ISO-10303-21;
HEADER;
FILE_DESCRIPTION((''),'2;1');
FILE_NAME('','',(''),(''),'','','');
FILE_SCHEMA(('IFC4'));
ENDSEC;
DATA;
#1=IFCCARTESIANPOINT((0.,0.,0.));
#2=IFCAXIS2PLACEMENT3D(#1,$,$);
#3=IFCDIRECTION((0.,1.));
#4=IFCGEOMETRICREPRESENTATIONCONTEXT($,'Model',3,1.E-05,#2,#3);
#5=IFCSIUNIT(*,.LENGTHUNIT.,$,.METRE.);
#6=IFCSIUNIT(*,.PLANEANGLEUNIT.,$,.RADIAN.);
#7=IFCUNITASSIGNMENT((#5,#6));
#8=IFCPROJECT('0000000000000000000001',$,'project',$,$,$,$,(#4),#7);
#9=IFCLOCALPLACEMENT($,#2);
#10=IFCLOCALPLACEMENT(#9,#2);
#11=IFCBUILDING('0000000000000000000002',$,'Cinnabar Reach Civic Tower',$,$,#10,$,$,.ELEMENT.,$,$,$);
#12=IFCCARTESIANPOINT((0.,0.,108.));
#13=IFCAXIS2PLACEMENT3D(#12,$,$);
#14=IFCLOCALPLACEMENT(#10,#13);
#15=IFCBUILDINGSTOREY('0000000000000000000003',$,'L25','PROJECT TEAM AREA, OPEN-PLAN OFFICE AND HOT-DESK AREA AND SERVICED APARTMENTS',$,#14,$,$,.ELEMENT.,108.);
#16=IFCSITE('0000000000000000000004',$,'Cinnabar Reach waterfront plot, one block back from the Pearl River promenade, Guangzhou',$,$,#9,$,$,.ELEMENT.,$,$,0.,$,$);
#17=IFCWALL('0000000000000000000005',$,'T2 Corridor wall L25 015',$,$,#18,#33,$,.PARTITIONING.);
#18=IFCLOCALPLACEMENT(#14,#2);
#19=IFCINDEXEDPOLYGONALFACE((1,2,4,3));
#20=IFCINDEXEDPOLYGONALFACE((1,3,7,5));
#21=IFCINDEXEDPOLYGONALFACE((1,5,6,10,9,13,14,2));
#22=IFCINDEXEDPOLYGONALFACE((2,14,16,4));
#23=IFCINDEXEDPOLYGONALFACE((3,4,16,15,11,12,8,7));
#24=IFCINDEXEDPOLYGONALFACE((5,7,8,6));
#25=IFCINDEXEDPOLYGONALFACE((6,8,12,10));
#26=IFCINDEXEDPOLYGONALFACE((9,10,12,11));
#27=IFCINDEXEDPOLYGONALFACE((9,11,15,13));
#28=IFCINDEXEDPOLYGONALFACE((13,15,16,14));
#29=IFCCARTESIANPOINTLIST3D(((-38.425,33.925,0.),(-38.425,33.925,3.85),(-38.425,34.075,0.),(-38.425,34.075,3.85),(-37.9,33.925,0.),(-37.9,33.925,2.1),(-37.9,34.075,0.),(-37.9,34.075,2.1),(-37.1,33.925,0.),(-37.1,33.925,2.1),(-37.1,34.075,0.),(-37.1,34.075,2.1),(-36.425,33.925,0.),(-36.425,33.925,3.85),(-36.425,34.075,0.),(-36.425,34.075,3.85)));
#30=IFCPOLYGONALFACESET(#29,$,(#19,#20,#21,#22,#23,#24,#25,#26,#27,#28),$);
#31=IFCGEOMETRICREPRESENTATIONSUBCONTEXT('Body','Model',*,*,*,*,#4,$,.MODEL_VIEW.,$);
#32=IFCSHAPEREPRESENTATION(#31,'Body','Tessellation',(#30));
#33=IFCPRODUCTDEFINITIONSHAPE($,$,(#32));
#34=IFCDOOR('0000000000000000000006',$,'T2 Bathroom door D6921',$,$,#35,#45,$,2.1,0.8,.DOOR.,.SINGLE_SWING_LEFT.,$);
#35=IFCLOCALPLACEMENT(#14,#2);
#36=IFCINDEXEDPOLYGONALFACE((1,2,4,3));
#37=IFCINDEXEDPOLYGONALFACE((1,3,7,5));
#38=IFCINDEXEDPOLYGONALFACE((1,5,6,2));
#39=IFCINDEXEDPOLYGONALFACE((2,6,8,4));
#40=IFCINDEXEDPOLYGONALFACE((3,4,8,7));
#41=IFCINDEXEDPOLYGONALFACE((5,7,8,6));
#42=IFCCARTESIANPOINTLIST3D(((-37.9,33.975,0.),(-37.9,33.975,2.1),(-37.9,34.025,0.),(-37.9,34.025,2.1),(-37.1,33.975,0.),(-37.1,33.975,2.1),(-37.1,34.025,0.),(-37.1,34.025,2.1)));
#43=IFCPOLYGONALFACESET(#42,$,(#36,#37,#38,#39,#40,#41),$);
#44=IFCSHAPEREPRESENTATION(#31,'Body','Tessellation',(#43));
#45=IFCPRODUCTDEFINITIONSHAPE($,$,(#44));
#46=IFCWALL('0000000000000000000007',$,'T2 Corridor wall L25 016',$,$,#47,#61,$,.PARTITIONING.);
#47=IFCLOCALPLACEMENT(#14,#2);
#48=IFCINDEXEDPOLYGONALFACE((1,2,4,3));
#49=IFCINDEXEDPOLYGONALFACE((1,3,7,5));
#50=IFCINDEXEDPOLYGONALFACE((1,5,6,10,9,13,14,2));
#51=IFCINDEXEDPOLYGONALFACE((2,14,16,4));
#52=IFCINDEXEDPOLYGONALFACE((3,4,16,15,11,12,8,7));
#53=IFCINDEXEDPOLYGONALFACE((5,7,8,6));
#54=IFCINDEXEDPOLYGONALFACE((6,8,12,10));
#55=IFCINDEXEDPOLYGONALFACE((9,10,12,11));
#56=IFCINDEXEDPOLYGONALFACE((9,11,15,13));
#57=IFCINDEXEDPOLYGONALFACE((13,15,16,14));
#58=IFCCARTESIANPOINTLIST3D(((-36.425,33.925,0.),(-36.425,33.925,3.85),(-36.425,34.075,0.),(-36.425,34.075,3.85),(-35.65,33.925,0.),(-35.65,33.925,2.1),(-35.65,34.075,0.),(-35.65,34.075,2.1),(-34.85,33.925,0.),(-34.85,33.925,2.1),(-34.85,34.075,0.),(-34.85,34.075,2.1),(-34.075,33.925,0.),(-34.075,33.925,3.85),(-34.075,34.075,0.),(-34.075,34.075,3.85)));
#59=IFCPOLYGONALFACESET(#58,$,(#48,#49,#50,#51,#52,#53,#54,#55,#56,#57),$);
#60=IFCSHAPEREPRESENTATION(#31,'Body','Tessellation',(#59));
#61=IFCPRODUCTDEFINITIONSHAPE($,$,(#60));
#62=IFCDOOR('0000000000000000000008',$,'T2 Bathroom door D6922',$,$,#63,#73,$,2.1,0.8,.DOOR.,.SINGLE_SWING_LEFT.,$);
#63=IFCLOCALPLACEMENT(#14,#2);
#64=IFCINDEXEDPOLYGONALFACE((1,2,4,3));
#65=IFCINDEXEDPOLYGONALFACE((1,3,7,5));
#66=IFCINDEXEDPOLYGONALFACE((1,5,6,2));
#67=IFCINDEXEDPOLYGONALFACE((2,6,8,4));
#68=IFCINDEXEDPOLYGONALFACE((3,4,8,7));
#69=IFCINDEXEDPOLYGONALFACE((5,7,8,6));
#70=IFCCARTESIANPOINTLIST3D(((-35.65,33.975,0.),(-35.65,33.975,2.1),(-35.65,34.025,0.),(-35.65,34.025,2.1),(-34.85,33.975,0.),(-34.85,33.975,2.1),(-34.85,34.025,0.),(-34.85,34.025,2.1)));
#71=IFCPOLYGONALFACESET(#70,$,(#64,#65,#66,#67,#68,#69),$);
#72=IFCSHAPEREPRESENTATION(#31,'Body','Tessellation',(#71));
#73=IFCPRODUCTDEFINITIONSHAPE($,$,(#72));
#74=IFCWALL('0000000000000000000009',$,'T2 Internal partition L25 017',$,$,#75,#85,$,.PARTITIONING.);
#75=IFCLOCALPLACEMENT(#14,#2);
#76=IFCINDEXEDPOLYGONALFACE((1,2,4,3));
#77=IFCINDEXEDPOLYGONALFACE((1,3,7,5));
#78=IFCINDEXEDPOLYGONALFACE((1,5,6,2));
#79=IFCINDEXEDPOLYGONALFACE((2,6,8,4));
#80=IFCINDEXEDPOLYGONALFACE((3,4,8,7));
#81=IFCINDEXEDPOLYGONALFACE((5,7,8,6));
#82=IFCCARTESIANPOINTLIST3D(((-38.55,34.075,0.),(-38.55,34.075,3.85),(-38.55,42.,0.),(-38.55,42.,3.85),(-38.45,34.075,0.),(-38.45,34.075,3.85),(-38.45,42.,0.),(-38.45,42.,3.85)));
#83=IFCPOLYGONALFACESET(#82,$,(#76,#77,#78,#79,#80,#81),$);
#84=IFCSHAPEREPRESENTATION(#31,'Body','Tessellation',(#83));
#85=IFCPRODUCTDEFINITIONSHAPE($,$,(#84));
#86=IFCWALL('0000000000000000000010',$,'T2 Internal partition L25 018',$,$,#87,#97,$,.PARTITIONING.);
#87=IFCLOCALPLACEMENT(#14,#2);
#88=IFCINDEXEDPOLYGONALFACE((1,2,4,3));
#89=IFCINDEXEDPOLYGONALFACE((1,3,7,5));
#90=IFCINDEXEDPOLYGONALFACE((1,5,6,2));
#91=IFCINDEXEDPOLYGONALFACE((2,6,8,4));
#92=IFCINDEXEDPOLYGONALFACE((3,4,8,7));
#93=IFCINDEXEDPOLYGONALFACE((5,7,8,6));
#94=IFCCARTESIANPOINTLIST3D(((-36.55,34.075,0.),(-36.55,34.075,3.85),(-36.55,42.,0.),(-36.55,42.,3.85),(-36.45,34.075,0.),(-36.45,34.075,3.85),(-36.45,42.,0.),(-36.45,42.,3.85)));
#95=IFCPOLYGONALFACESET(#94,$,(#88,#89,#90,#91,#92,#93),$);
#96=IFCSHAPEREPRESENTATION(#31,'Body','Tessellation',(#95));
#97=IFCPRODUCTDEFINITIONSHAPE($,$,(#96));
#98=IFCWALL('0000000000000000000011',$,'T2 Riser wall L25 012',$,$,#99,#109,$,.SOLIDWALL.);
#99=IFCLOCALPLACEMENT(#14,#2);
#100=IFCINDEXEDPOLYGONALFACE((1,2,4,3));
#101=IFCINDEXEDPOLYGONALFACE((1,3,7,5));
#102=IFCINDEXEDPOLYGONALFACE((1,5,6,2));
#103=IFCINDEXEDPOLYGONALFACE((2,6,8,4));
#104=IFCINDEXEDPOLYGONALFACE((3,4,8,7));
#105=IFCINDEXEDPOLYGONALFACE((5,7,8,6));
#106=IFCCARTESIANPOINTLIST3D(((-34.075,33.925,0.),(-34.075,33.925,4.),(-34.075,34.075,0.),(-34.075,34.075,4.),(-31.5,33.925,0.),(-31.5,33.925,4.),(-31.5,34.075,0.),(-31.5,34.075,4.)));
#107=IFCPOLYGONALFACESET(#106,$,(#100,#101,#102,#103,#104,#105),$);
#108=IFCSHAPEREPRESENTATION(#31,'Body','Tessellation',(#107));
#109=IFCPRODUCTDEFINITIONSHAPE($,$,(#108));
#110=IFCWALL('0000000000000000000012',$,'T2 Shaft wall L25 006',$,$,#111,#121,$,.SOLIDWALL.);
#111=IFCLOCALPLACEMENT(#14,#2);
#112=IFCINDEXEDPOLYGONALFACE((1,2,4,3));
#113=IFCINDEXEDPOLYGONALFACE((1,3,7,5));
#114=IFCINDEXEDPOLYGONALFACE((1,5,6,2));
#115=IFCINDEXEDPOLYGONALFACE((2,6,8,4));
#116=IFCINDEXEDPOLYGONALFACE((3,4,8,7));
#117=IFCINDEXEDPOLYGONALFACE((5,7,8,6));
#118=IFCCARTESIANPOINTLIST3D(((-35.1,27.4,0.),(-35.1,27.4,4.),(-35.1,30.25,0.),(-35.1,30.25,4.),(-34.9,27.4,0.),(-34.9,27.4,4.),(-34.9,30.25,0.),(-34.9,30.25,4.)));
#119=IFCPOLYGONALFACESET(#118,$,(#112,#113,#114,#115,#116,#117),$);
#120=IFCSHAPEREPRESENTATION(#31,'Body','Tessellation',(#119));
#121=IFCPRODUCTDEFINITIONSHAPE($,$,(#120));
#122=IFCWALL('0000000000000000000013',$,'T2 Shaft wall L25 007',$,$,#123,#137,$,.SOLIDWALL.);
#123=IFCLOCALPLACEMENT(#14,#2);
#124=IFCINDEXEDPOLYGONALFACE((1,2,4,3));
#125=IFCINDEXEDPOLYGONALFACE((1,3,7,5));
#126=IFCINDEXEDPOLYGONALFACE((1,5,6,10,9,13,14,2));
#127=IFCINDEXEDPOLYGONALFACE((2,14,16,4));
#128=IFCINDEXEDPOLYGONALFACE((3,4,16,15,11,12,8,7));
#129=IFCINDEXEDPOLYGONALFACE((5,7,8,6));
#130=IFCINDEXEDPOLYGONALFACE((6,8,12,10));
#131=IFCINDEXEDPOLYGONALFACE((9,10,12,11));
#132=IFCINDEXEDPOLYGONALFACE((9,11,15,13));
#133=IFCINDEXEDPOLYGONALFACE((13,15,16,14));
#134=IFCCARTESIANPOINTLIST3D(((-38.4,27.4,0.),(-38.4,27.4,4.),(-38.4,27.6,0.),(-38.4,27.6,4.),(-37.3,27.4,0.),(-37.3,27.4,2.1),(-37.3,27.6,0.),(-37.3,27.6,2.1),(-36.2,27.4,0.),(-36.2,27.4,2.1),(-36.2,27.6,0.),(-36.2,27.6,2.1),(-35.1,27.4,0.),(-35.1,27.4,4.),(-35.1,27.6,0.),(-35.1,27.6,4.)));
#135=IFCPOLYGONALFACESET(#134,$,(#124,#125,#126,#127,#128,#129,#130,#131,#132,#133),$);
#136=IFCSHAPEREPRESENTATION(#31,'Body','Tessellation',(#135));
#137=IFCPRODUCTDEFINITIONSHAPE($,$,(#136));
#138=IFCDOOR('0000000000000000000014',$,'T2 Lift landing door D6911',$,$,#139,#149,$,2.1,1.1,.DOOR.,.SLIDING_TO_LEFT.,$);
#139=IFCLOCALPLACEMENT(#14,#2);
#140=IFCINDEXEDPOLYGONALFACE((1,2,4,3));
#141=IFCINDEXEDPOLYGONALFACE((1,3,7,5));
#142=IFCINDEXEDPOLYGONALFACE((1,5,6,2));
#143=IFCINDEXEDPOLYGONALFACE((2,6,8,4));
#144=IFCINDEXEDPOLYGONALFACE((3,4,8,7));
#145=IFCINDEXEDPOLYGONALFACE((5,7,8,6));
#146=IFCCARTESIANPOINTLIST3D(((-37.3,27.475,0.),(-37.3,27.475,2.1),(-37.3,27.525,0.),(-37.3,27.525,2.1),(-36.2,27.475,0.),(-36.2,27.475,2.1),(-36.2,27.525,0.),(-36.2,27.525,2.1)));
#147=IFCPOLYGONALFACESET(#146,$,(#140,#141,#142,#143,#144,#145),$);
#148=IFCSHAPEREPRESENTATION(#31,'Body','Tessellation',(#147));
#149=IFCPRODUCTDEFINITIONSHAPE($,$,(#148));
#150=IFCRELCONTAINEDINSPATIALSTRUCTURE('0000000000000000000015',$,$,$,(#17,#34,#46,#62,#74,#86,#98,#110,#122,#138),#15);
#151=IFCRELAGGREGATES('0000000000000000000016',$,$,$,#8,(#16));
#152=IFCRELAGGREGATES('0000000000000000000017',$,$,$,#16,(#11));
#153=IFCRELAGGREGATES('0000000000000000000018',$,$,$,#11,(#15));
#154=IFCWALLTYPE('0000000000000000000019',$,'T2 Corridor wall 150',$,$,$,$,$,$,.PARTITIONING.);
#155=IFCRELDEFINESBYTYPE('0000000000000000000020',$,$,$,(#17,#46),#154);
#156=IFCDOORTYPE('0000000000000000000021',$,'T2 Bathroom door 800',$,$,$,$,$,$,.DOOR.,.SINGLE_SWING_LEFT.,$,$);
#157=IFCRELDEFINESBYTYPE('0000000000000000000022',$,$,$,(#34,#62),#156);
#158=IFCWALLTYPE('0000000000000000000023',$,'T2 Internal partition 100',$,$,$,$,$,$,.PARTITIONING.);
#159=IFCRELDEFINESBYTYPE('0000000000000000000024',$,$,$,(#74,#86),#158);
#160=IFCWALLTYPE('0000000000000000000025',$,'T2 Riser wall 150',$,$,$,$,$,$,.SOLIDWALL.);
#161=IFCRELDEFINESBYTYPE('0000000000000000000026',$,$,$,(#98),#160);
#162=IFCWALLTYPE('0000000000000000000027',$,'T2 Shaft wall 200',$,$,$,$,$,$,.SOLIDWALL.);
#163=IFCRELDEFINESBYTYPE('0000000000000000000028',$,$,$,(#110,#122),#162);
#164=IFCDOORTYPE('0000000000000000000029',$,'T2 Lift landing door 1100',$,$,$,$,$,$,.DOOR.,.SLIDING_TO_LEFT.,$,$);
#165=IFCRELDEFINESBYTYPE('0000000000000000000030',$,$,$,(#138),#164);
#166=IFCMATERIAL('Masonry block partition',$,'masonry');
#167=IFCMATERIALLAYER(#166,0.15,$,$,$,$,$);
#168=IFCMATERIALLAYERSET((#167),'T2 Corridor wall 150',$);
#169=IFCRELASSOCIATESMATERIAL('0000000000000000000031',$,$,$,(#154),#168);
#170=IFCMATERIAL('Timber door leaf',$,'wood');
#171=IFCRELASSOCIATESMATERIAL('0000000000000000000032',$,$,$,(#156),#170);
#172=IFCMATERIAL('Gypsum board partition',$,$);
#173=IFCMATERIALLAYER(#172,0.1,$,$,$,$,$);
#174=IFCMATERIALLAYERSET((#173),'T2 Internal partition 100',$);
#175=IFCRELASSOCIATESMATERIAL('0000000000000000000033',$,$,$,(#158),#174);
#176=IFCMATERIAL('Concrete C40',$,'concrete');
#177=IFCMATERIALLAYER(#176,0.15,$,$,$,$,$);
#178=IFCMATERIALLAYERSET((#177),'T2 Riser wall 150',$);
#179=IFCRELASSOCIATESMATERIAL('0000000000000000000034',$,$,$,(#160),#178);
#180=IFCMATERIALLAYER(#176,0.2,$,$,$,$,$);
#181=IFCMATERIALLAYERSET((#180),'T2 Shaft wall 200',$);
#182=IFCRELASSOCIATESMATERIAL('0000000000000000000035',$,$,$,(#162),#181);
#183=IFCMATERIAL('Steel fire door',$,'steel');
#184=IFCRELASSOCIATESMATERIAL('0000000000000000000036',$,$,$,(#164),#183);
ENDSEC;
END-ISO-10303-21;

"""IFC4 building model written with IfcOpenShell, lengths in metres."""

from ifc_helpers import new_model, si_unit, direction, frame, frame_2d, origin, place, context, subcontext, project, spatial, rectangle, extrude, material, layer, layer_set, type_object, element, fill, save


model = new_model("IFC4")

# Units and contexts
model_context = context("Model", 3, precision=1e-05, world=origin(), true_north=direction((0.0, 1.0)))
body_context = subcontext(model_context, "Body", "Model", "MODEL_VIEW")
ifc_project = project(units=[si_unit("LENGTHUNIT", "METRE"), si_unit("PLANEANGLEUNIT", "RADIAN")], contexts=[model_context])

# Site, building, storey
site_placement = place(None, origin())
site = spatial("IfcSite", under=ifc_project, at=site_placement, Name="Cinnabar Reach waterfront plot, one block back from the Pearl River promenade, Guangzhou", CompositionType="ELEMENT", RefElevation=0.0)
building_placement = place(site_placement, origin())
building = spatial("IfcBuilding", under=site, at=building_placement, Name="Cinnabar Reach Civic Tower", CompositionType="ELEMENT")
storey_placement = place(building_placement, frame((0.0, 0.0, 108.0)))
storey = spatial("IfcBuildingStorey", under=building, at=storey_placement, Name="L25", Description="PROJECT TEAM AREA, OPEN-PLAN OFFICE AND HOT-DESK AREA AND SERVICED APARTMENTS", CompositionType="ELEMENT", Elevation=108.0)

# Walls, openings, doors
ifc_material_1 = material(Name="Steel fire door", Category="steel")
ifc_material_2 = material(Name="Masonry block partition", Category="masonry")
ifc_layer_1 = layer(ifc_material_2, 0.15)
ifc_layer_set_1 = layer_set([ifc_layer_1], Name="T2 Corridor wall 150")
wall_type_1 = type_object("IfcWallType", Name="T2 Corridor wall 150", PredefinedType="PARTITIONING", material=ifc_layer_set_1)
ifc_material_3 = material(Name="Timber door leaf", Category="wood")
door_type_1 = type_object("IfcDoorType", Name="T2 Bathroom door 800", OperationType="SINGLE_SWING_LEFT", PredefinedType="DOOR", material=ifc_material_3)
wall_1_placement = place(storey_placement, frame((-36.425, 34.0, 0.0), z_axis=(0.0, 0.0, 1.0), x_axis=(-1.0, 0.0, 0.0)))
wall_1 = element("IfcWall", 1, at=wall_1_placement, inside=storey, type_object=wall_type_1, Name="T2 Corridor wall L25 015", PredefinedType="PARTITIONING", context=body_context, shape_type="SweptSolid", body=[
    extrude(rectangle(XDim=2.0, YDim=0.15, at=frame_2d((1.0, 0.0))), origin(), (0.0, 0.0, 1.0), 3.85),
])
opening_1_placement = place(wall_1_placement, frame((0.675, 0.0, 0.0)))
opening_1 = element("IfcOpeningElement", 2, at=opening_1_placement, cuts=wall_1, PredefinedType="OPENING", context=body_context, shape_type="SweptSolid", body=[
    extrude(rectangle(XDim=0.8, YDim=2.1, at=frame_2d((0.4, 1.05))), frame((0.0, 0.085, 0.0), z_axis=(0.0, -1.0, 0.0), x_axis=(1.0, 0.0, 0.0)), (0.0, 0.0, 1.0), 0.17),
])
door_1_placement = place(opening_1_placement, frame((0.8, 0.0, 0.0), z_axis=(0.0, 0.0, 1.0), x_axis=(-1.0, 0.0, 0.0)))
door_1 = element("IfcDoor", 3, at=door_1_placement, inside=storey, type_object=door_type_1, Name="T2 Bathroom door D6921", OperationType="SINGLE_SWING_LEFT", OverallHeight=2.1, OverallWidth=0.8, PredefinedType="DOOR", context=body_context, shape_type="SweptSolid", body=[
    extrude(rectangle(XDim=0.8, YDim=2.1, at=frame_2d((0.4, 1.05))), frame((0.0, 0.025, 0.0), z_axis=(0.0, -1.0, 0.0), x_axis=(1.0, 0.0, 0.0)), (0.0, 0.0, 1.0), 0.05),
])
fill(opening_1, door_1)
wall_2_placement = place(storey_placement, frame((-34.075, 34.0, 0.0), z_axis=(0.0, 0.0, 1.0), x_axis=(-1.0, 0.0, 0.0)))
wall_2 = element("IfcWall", 4, at=wall_2_placement, inside=storey, type_object=wall_type_1, Name="T2 Corridor wall L25 016", PredefinedType="PARTITIONING", context=body_context, shape_type="SweptSolid", body=[
    extrude(rectangle(XDim=2.35, YDim=0.15, at=frame_2d((1.175, 0.0))), origin(), (0.0, 0.0, 1.0), 3.85),
])
opening_2_placement = place(wall_2_placement, frame((0.775, 0.0, 0.0)))
opening_2 = element("IfcOpeningElement", 5, at=opening_2_placement, cuts=wall_2, PredefinedType="OPENING", context=body_context, shape_type="SweptSolid", body=[
    extrude(rectangle(XDim=0.8, YDim=2.1, at=frame_2d((0.4, 1.05))), frame((0.0, 0.085, 0.0), z_axis=(0.0, -1.0, 0.0), x_axis=(1.0, 0.0, 0.0)), (0.0, 0.0, 1.0), 0.17),
])
door_2_placement = place(opening_2_placement, frame((0.8, 0.0, 0.0), z_axis=(0.0, 0.0, 1.0), x_axis=(-1.0, 0.0, 0.0)))
door_2 = element("IfcDoor", 6, at=door_2_placement, inside=storey, type_object=door_type_1, Name="T2 Bathroom door D6922", OperationType="SINGLE_SWING_LEFT", OverallHeight=2.1, OverallWidth=0.8, PredefinedType="DOOR", context=body_context, shape_type="SweptSolid", body=[
    extrude(rectangle(XDim=0.8, YDim=2.1, at=frame_2d((0.4, 1.05))), frame((0.0, 0.025, 0.0), z_axis=(0.0, -1.0, 0.0), x_axis=(1.0, 0.0, 0.0)), (0.0, 0.0, 1.0), 0.05),
])
fill(opening_2, door_2)

# Walls
ifc_material_4 = material(Name="Gypsum board partition")
ifc_layer_2 = layer(ifc_material_4, 0.1)
ifc_layer_set_2 = layer_set([ifc_layer_2], Name="T2 Internal partition 100")
wall_type_2 = type_object("IfcWallType", Name="T2 Internal partition 100", PredefinedType="PARTITIONING", material=ifc_layer_set_2)
for number, where, z_axis, x_axis, name in (
    (7, (-38.5, 34.075, 0.0), (0.0, 0.0, 1.0), (0.0, 1.0, 0.0), "T2 Internal partition L25 017"),
    (8, (-36.5, 34.075, 0.0), (0.0, 0.0, 1.0), (0.0, 1.0, 0.0), "T2 Internal partition L25 018"),
):
    element("IfcWall", number, at=place(storey_placement, frame(where, z_axis=z_axis, x_axis=x_axis)), inside=storey, type_object=wall_type_2, Name=name, PredefinedType="PARTITIONING", context=body_context, shape_type="SweptSolid", body=[
        extrude(rectangle(XDim=7.925, YDim=0.1, at=frame_2d((3.9625, 0.0))), origin(), (0.0, 0.0, 1.0), 3.85),
    ])
ifc_material_5 = material(Name="Concrete C40", Category="concrete")
ifc_layer_3 = layer(ifc_material_5, 0.15)
ifc_layer_set_3 = layer_set([ifc_layer_3], Name="T2 Riser wall 150")
wall_type_3 = type_object("IfcWallType", Name="T2 Riser wall 150", PredefinedType="SOLIDWALL", material=ifc_layer_set_3)
wall_3_placement = place(storey_placement, frame((-34.075, 34.0, 0.0), z_axis=(0.0, 0.0, 1.0), x_axis=(1.0, 0.0, 0.0)))
element("IfcWall", 9, at=wall_3_placement, inside=storey, type_object=wall_type_3, Name="T2 Riser wall L25 012", PredefinedType="SOLIDWALL", context=body_context, shape_type="SweptSolid", body=[
    extrude(rectangle(XDim=2.575, YDim=0.15, at=frame_2d((1.2875, 0.0))), origin(), (0.0, 0.0, 1.0), 4.0),
])
ifc_layer_4 = layer(ifc_material_5, 0.2)
ifc_layer_set_4 = layer_set([ifc_layer_4], Name="T2 Shaft wall 200")
wall_type_4 = type_object("IfcWallType", Name="T2 Shaft wall 200", PredefinedType="SOLIDWALL", material=ifc_layer_set_4)
wall_4_placement = place(storey_placement, frame((-35.0, 27.4, 0.0), z_axis=(0.0, 0.0, 1.0), x_axis=(0.0, 1.0, 0.0)))
element("IfcWall", 10, at=wall_4_placement, inside=storey, type_object=wall_type_4, Name="T2 Shaft wall L25 006", PredefinedType="SOLIDWALL", context=body_context, shape_type="SweptSolid", body=[
    extrude(rectangle(XDim=2.85, YDim=0.2, at=frame_2d((1.425, 0.0))), origin(), (0.0, 0.0, 1.0), 4.0),
])

# Wall, opening, door
wall_5_placement = place(storey_placement, frame((-38.4, 27.5, 0.0), z_axis=(0.0, 0.0, 1.0), x_axis=(1.0, 0.0, 0.0)))
wall_5 = element("IfcWall", 11, at=wall_5_placement, inside=storey, type_object=wall_type_4, Name="T2 Shaft wall L25 007", PredefinedType="SOLIDWALL", context=body_context, shape_type="SweptSolid", body=[
    extrude(rectangle(XDim=3.3, YDim=0.2, at=frame_2d((1.65, 0.0))), origin(), (0.0, 0.0, 1.0), 4.0),
])
opening_3_placement = place(wall_5_placement, frame((1.1, 0.0, 0.0)))
opening_3 = element("IfcOpeningElement", 12, at=opening_3_placement, cuts=wall_5, PredefinedType="OPENING", context=body_context, shape_type="SweptSolid", body=[
    extrude(rectangle(XDim=1.1, YDim=2.1, at=frame_2d((0.55, 1.05))), frame((0.0, 0.11, 0.0), z_axis=(0.0, -1.0, 0.0), x_axis=(1.0, 0.0, 0.0)), (0.0, 0.0, 1.0), 0.22),
])
door_type_2 = type_object("IfcDoorType", Name="T2 Lift landing door 1100", OperationType="SLIDING_TO_LEFT", PredefinedType="DOOR", material=ifc_material_1)
door_3_placement = place(opening_3_placement, origin())
door_3 = element("IfcDoor", 13, at=door_3_placement, inside=storey, type_object=door_type_2, Name="T2 Lift landing door D6911", OperationType="SLIDING_TO_LEFT", OverallHeight=2.1, OverallWidth=1.1, PredefinedType="DOOR", context=body_context, shape_type="SweptSolid", body=[
    extrude(rectangle(XDim=1.1, YDim=2.1, at=frame_2d((0.55, 1.05))), frame((0.0, 0.025, 0.0), z_axis=(0.0, -1.0, 0.0), x_axis=(1.0, 0.0, 0.0)), (0.0, 0.0, 1.0), 0.05),
])
fill(opening_3, door_3)

save(model, "model.ifc")
